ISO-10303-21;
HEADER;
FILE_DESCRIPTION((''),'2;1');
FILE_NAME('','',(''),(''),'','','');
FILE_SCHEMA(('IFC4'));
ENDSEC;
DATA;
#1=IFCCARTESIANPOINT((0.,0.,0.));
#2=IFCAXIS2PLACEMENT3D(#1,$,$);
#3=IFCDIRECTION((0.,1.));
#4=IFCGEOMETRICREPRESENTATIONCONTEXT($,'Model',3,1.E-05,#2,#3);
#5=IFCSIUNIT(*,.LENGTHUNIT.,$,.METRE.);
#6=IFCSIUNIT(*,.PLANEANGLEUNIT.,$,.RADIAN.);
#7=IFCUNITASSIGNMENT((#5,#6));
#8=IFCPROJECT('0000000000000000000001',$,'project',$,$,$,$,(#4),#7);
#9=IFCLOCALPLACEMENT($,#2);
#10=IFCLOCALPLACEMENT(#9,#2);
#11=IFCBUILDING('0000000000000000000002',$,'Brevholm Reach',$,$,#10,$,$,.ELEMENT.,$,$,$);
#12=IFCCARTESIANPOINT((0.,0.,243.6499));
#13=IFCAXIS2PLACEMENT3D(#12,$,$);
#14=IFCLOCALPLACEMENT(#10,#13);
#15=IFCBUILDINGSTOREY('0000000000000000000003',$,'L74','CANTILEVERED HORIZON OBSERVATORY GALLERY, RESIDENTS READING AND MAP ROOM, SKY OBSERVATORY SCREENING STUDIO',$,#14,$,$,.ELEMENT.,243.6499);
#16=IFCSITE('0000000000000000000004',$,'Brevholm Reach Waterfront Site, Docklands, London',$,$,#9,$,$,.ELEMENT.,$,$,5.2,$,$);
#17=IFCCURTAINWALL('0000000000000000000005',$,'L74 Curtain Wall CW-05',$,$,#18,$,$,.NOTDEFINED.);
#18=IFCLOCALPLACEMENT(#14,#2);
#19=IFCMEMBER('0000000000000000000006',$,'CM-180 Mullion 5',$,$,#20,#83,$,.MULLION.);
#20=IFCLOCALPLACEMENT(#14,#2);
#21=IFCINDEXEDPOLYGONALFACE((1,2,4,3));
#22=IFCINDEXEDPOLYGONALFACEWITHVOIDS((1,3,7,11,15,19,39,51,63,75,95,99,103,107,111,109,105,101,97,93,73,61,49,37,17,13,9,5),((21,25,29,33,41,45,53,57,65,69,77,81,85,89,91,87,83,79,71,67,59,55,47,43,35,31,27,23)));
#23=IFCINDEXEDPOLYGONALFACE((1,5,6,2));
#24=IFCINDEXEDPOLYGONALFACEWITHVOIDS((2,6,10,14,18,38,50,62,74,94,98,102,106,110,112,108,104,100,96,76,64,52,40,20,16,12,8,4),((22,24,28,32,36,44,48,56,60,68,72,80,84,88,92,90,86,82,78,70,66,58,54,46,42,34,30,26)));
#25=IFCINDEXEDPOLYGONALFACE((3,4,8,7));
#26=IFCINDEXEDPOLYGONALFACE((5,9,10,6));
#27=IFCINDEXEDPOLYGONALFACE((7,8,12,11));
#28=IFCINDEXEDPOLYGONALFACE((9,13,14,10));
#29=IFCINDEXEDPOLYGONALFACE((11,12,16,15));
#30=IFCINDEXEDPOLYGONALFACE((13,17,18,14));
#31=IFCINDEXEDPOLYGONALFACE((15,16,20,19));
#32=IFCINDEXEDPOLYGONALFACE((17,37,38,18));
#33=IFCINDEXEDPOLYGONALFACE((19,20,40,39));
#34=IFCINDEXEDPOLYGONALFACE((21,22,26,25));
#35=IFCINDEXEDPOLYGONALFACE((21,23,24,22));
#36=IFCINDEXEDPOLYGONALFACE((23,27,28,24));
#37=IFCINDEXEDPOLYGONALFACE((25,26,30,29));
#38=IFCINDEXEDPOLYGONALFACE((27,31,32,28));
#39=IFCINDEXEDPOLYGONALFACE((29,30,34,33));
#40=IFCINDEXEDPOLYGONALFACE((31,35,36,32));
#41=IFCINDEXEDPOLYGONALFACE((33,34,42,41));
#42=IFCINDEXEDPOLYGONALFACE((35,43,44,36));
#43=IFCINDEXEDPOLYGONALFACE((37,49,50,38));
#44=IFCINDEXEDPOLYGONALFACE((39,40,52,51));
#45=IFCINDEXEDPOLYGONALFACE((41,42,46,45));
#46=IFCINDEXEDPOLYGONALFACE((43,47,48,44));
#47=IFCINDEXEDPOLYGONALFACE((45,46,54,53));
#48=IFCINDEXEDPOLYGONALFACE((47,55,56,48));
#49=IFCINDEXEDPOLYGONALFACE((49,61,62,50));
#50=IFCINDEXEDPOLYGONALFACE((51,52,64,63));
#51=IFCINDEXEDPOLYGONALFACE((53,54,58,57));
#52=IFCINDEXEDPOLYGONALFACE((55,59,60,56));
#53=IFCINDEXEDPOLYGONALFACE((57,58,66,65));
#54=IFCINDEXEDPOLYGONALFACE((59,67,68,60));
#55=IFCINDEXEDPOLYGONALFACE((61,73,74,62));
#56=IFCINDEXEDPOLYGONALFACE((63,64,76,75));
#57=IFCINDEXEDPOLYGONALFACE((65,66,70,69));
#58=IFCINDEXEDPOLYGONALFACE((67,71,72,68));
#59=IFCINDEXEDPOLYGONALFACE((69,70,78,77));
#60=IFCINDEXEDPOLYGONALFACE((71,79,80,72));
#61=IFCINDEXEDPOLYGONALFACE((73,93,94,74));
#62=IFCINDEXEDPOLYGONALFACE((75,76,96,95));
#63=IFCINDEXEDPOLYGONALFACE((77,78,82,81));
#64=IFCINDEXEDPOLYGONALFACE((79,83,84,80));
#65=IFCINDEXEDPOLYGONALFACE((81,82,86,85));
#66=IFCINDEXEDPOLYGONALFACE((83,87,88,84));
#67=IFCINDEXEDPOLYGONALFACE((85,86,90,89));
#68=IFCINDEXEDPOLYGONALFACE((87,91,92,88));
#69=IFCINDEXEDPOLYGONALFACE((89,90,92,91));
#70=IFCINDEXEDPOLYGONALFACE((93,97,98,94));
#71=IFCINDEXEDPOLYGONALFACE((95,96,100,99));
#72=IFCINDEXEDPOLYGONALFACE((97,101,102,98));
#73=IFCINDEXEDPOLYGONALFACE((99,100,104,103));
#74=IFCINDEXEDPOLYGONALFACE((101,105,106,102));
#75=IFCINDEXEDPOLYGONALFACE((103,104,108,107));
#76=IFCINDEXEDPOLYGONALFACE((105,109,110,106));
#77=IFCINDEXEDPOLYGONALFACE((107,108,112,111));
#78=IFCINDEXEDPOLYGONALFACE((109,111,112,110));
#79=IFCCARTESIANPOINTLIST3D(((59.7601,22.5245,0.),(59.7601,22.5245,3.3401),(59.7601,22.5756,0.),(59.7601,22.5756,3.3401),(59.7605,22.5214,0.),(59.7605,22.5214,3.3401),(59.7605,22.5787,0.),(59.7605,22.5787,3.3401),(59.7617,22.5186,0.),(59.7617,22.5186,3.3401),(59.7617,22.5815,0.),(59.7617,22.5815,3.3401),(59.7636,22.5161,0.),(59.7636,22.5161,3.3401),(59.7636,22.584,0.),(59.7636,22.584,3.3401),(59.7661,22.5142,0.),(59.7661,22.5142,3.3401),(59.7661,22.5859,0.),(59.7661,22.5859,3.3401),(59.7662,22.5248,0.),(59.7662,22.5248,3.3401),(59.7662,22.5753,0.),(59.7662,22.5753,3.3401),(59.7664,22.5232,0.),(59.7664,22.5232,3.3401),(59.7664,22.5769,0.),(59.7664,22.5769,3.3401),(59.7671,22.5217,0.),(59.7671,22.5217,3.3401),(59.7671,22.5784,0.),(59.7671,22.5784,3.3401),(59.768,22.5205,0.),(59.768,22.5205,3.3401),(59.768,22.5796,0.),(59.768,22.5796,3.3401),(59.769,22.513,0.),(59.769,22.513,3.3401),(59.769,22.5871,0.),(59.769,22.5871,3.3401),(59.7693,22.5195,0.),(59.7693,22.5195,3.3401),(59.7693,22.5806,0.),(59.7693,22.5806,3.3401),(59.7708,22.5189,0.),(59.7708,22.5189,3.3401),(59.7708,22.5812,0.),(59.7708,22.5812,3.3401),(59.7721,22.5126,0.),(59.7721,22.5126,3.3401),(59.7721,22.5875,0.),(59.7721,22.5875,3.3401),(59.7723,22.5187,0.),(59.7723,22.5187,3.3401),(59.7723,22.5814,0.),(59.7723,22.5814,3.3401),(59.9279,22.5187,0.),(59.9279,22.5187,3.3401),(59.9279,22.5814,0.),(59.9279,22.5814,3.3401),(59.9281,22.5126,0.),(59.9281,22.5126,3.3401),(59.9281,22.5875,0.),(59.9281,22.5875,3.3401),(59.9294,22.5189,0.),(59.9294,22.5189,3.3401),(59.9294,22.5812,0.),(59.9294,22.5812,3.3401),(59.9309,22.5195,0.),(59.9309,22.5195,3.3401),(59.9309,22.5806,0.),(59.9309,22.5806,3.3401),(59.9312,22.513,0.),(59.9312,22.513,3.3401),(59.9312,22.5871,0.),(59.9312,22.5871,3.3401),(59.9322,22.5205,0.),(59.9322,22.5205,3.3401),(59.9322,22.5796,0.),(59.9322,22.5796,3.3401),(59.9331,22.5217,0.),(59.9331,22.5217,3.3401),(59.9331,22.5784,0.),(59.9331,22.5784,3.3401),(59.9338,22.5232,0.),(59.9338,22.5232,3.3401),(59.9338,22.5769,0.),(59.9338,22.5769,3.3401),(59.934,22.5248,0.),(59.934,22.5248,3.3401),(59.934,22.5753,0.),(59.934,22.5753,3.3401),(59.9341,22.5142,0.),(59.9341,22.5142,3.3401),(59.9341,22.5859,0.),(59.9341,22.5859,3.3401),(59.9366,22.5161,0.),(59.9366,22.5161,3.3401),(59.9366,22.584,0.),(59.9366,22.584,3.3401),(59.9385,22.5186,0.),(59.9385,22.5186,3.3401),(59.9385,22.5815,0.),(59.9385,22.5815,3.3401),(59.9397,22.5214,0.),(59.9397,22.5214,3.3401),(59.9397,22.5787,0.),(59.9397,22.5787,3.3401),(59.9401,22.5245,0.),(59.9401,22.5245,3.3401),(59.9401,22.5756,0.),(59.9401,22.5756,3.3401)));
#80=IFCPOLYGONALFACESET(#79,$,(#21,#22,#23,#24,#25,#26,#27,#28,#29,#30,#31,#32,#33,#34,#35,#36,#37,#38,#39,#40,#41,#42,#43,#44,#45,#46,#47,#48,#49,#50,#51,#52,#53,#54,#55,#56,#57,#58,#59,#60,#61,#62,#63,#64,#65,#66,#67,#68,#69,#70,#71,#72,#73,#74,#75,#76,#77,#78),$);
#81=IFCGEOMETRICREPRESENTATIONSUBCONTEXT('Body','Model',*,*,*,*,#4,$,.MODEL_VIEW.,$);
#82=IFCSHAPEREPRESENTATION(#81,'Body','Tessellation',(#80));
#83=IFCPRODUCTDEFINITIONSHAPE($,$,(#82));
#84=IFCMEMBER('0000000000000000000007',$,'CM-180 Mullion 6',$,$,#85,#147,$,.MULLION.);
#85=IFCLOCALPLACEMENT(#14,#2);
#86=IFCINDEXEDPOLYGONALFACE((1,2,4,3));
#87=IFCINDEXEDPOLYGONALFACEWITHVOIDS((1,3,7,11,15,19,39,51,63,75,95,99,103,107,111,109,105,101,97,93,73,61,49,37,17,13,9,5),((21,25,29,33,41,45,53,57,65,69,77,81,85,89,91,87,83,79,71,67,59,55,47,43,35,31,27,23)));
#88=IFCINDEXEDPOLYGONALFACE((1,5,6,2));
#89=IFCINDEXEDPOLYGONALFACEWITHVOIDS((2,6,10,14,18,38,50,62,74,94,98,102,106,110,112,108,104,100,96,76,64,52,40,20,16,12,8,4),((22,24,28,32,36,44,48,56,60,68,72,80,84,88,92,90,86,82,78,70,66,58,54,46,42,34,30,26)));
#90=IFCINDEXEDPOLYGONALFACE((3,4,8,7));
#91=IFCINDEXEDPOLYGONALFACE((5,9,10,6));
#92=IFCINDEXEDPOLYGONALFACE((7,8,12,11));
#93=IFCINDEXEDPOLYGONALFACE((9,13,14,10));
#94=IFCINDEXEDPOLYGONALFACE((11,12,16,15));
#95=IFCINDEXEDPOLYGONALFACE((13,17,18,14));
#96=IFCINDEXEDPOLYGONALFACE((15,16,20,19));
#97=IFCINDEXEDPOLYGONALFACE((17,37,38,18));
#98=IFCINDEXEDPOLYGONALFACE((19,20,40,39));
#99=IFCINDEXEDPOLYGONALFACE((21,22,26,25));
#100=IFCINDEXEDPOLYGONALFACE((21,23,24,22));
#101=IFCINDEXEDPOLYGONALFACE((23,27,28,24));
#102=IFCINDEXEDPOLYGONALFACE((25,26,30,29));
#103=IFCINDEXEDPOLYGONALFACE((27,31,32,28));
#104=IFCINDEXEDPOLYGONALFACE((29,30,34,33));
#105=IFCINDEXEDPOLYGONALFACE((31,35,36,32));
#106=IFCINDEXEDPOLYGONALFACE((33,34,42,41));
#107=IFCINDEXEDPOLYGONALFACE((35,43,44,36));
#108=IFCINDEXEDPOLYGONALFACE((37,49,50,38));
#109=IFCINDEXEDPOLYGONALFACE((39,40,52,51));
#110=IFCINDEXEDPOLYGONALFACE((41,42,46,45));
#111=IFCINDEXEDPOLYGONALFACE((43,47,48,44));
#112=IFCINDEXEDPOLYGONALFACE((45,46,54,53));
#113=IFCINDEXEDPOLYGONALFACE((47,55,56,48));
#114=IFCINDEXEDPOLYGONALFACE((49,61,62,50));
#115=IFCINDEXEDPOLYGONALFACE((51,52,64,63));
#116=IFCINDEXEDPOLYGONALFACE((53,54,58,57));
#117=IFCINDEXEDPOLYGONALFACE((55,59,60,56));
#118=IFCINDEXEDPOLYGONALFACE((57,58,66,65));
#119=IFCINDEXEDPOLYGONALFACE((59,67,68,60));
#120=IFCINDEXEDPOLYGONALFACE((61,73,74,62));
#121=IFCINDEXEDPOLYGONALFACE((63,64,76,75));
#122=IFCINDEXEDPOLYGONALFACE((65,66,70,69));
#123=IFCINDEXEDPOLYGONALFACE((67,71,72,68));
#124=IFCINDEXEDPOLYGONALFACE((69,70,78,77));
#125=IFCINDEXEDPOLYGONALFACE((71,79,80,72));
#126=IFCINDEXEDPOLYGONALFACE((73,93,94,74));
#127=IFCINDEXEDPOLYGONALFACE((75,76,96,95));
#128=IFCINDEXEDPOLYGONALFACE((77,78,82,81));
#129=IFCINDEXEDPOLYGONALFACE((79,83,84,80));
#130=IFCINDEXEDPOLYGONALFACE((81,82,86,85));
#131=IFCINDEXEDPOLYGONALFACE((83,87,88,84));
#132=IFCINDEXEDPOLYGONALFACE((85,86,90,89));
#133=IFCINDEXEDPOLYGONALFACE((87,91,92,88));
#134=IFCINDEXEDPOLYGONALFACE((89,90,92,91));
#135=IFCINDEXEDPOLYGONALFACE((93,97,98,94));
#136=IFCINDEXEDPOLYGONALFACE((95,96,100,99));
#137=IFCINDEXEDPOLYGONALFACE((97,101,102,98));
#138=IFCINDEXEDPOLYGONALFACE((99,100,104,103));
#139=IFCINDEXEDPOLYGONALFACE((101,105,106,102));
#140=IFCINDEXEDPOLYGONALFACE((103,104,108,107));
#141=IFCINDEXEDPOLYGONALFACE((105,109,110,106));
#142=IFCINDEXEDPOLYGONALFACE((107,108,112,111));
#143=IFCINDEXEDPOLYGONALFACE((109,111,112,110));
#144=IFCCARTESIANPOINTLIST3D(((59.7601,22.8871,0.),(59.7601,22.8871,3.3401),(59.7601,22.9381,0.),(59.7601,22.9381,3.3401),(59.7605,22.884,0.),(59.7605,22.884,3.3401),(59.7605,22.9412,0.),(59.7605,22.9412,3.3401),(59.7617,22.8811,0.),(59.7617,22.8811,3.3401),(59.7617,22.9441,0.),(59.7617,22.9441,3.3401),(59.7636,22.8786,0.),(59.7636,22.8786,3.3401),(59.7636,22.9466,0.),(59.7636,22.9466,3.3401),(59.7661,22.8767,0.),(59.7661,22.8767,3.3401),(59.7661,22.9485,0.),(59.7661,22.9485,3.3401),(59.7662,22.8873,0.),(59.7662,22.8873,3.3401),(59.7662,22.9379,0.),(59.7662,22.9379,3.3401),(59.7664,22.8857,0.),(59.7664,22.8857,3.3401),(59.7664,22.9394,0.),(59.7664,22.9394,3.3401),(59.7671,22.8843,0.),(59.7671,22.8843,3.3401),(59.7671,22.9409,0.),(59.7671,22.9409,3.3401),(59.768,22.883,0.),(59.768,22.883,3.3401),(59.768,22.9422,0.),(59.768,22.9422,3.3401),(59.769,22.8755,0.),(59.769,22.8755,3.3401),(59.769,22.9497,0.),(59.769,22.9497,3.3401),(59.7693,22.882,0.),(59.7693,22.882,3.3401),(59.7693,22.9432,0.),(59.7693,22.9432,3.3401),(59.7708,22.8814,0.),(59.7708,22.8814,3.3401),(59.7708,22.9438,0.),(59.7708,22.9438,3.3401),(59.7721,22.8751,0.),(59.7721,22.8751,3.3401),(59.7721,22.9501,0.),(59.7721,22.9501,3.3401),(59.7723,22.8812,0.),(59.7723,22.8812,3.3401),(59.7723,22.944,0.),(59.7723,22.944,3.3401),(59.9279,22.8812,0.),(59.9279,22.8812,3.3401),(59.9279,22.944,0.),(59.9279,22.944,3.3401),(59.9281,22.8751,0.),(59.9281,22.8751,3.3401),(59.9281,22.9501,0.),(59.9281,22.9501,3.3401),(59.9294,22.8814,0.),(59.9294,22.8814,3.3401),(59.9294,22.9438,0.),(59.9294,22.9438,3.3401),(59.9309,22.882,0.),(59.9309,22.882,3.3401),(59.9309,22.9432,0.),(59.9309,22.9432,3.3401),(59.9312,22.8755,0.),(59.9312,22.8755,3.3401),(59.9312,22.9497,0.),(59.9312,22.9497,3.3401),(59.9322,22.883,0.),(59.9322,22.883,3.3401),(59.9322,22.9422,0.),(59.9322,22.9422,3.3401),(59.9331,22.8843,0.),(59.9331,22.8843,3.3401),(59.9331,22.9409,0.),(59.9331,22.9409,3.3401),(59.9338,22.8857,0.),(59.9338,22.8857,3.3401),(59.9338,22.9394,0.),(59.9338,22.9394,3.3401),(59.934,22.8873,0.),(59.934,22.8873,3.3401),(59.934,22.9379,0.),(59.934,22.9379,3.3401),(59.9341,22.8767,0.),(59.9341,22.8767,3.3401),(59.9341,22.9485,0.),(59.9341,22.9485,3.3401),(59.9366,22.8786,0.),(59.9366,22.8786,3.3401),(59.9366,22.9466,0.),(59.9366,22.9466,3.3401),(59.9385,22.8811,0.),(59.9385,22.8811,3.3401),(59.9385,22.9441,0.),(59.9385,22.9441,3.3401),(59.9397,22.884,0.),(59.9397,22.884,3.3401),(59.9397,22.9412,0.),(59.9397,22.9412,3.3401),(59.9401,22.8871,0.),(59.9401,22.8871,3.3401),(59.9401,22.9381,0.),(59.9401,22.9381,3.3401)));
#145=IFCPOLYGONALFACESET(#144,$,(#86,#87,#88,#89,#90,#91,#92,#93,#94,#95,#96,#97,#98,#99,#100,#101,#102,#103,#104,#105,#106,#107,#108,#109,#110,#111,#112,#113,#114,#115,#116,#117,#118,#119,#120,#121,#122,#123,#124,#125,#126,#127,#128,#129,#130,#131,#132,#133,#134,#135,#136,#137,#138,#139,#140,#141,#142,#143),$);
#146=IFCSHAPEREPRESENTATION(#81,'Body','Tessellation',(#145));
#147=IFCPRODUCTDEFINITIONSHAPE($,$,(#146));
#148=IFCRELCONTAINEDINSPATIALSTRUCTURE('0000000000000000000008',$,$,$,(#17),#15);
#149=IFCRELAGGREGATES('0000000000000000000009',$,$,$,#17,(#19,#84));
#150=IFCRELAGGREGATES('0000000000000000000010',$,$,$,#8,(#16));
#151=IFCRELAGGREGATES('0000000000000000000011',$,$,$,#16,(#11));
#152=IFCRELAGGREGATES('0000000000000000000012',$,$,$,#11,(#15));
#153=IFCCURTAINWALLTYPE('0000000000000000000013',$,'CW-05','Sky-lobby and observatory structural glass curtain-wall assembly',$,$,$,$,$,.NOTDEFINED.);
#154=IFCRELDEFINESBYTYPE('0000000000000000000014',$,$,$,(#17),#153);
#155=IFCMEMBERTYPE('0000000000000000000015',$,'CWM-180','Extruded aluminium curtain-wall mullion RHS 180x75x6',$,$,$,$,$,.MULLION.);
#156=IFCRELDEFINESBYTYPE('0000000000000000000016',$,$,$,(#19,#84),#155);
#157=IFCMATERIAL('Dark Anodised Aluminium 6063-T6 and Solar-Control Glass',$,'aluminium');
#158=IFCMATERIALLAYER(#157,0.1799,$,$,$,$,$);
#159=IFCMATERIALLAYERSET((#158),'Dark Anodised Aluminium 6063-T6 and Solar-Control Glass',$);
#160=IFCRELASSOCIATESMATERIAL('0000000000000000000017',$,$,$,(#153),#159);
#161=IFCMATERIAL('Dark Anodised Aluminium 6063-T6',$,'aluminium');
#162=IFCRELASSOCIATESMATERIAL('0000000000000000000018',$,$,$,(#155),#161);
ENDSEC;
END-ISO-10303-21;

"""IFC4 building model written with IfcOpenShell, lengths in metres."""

from ifc_helpers import new_model, si_unit, direction, frame, origin, origin_2d, place, context, subcontext, project, spatial, hollow_rectangle, extrude, material, layer, layer_set, material_profile, profile_set, type_object, element, aggregate, save


model = new_model("IFC4")

# Units and contexts
model_context = context("Model", 3, precision=1e-05, world=origin(), true_north=direction((0.0, 1.0)))
body_context = subcontext(model_context, "Body", "Model", "MODEL_VIEW")
ifc_project = project(units=[si_unit("LENGTHUNIT", "METRE"), si_unit("PLANEANGLEUNIT", "RADIAN")], contexts=[model_context])

# Site, building, storey
site_placement = place(None, origin())
site = spatial("IfcSite", under=ifc_project, at=site_placement, Name="Brevholm Reach Waterfront Site, Docklands, London", CompositionType="ELEMENT", RefElevation=5.2)
building_placement = place(site_placement, origin())
building = spatial("IfcBuilding", under=site, at=building_placement, Name="Brevholm Reach", CompositionType="ELEMENT")
storey_placement = place(building_placement, frame((0.0, 0.0, 243.6499)))
storey = spatial("IfcBuildingStorey", under=building, at=storey_placement, Name="L74", Description="CANTILEVERED HORIZON OBSERVATORY GALLERY, RESIDENTS READING AND MAP ROOM, SKY OBSERVATORY SCREENING STUDIO", CompositionType="ELEMENT", Elevation=243.6499)

# Curtain wall, members
ifc_material_1 = material(Name="Dark Anodised Aluminium 6063-T6 and Solar-Control Glass", Category="aluminium")
ifc_layer_1 = layer(ifc_material_1, 0.1799)
ifc_layer_set_1 = layer_set([ifc_layer_1], Name="Dark Anodised Aluminium 6063-T6 and Solar-Control Glass")
curtain_wall_type = type_object("IfcCurtainWallType", Name="CW-05", Description="Sky-lobby and observatory structural glass curtain-wall assembly", PredefinedType="NOTDEFINED", material=ifc_layer_set_1)
curtain_wall_placement = place(storey_placement, origin())
curtain_wall = element("IfcCurtainWall", 1, at=curtain_wall_placement, inside=storey, type_object=curtain_wall_type, Name="L74 Curtain Wall CW-05", PredefinedType="NOTDEFINED")
ifc_material_2 = material(Name="Dark Anodised Aluminium 6063-T6", Category="aluminium")
ifc_material_profile_1 = material_profile(ifc_material_2, hollow_rectangle(XDim=0.075, YDim=0.1799, WallThickness=0.0061, InnerFilletRadius=0.0061, OuterFilletRadius=0.012, at=origin_2d()), Name="RHS 180x75x6")
ifc_profile_set_1 = profile_set([ifc_material_profile_1], Name="Dark Anodised Aluminium 6063-T6")
member_type_1 = type_object("IfcMemberType", Name="CWM-180", Description="Extruded aluminium curtain-wall mullion RHS 180x75x6", PredefinedType="MULLION", material=ifc_profile_set_1)
member_1_placement = place(storey_placement, frame((59.8501, 22.55, 0.0), z_axis=(0.0, 0.0, 1.0), x_axis=(0.0, 1.0, 0.0)))
member_1 = element("IfcMember", 2, at=member_1_placement, type_object=member_type_1, Name="CM-180 Mullion 5", PredefinedType="MULLION", context=body_context, shape_type="SweptSolid", body=[
    extrude(hollow_rectangle(XDim=0.075, YDim=0.1799, WallThickness=0.0061, InnerFilletRadius=0.0061, OuterFilletRadius=0.012, at=origin_2d()), origin(), (0.0, 0.0, 1.0), 3.3401),
])
member_2_placement = place(storey_placement, frame((59.8501, 22.9126, 0.0), z_axis=(0.0, 0.0, 1.0), x_axis=(0.0, 1.0, 0.0)))
member_2 = element("IfcMember", 3, at=member_2_placement, type_object=member_type_1, Name="CM-180 Mullion 6", PredefinedType="MULLION", context=body_context, shape_type="SweptSolid", body=[
    extrude(hollow_rectangle(XDim=0.075, YDim=0.1799, WallThickness=0.0061, InnerFilletRadius=0.0061, OuterFilletRadius=0.012, at=origin_2d()), origin(), (0.0, 0.0, 1.0), 3.3401),
])
aggregate(curtain_wall, [member_1, member_2])

save(model, "model.ifc")
